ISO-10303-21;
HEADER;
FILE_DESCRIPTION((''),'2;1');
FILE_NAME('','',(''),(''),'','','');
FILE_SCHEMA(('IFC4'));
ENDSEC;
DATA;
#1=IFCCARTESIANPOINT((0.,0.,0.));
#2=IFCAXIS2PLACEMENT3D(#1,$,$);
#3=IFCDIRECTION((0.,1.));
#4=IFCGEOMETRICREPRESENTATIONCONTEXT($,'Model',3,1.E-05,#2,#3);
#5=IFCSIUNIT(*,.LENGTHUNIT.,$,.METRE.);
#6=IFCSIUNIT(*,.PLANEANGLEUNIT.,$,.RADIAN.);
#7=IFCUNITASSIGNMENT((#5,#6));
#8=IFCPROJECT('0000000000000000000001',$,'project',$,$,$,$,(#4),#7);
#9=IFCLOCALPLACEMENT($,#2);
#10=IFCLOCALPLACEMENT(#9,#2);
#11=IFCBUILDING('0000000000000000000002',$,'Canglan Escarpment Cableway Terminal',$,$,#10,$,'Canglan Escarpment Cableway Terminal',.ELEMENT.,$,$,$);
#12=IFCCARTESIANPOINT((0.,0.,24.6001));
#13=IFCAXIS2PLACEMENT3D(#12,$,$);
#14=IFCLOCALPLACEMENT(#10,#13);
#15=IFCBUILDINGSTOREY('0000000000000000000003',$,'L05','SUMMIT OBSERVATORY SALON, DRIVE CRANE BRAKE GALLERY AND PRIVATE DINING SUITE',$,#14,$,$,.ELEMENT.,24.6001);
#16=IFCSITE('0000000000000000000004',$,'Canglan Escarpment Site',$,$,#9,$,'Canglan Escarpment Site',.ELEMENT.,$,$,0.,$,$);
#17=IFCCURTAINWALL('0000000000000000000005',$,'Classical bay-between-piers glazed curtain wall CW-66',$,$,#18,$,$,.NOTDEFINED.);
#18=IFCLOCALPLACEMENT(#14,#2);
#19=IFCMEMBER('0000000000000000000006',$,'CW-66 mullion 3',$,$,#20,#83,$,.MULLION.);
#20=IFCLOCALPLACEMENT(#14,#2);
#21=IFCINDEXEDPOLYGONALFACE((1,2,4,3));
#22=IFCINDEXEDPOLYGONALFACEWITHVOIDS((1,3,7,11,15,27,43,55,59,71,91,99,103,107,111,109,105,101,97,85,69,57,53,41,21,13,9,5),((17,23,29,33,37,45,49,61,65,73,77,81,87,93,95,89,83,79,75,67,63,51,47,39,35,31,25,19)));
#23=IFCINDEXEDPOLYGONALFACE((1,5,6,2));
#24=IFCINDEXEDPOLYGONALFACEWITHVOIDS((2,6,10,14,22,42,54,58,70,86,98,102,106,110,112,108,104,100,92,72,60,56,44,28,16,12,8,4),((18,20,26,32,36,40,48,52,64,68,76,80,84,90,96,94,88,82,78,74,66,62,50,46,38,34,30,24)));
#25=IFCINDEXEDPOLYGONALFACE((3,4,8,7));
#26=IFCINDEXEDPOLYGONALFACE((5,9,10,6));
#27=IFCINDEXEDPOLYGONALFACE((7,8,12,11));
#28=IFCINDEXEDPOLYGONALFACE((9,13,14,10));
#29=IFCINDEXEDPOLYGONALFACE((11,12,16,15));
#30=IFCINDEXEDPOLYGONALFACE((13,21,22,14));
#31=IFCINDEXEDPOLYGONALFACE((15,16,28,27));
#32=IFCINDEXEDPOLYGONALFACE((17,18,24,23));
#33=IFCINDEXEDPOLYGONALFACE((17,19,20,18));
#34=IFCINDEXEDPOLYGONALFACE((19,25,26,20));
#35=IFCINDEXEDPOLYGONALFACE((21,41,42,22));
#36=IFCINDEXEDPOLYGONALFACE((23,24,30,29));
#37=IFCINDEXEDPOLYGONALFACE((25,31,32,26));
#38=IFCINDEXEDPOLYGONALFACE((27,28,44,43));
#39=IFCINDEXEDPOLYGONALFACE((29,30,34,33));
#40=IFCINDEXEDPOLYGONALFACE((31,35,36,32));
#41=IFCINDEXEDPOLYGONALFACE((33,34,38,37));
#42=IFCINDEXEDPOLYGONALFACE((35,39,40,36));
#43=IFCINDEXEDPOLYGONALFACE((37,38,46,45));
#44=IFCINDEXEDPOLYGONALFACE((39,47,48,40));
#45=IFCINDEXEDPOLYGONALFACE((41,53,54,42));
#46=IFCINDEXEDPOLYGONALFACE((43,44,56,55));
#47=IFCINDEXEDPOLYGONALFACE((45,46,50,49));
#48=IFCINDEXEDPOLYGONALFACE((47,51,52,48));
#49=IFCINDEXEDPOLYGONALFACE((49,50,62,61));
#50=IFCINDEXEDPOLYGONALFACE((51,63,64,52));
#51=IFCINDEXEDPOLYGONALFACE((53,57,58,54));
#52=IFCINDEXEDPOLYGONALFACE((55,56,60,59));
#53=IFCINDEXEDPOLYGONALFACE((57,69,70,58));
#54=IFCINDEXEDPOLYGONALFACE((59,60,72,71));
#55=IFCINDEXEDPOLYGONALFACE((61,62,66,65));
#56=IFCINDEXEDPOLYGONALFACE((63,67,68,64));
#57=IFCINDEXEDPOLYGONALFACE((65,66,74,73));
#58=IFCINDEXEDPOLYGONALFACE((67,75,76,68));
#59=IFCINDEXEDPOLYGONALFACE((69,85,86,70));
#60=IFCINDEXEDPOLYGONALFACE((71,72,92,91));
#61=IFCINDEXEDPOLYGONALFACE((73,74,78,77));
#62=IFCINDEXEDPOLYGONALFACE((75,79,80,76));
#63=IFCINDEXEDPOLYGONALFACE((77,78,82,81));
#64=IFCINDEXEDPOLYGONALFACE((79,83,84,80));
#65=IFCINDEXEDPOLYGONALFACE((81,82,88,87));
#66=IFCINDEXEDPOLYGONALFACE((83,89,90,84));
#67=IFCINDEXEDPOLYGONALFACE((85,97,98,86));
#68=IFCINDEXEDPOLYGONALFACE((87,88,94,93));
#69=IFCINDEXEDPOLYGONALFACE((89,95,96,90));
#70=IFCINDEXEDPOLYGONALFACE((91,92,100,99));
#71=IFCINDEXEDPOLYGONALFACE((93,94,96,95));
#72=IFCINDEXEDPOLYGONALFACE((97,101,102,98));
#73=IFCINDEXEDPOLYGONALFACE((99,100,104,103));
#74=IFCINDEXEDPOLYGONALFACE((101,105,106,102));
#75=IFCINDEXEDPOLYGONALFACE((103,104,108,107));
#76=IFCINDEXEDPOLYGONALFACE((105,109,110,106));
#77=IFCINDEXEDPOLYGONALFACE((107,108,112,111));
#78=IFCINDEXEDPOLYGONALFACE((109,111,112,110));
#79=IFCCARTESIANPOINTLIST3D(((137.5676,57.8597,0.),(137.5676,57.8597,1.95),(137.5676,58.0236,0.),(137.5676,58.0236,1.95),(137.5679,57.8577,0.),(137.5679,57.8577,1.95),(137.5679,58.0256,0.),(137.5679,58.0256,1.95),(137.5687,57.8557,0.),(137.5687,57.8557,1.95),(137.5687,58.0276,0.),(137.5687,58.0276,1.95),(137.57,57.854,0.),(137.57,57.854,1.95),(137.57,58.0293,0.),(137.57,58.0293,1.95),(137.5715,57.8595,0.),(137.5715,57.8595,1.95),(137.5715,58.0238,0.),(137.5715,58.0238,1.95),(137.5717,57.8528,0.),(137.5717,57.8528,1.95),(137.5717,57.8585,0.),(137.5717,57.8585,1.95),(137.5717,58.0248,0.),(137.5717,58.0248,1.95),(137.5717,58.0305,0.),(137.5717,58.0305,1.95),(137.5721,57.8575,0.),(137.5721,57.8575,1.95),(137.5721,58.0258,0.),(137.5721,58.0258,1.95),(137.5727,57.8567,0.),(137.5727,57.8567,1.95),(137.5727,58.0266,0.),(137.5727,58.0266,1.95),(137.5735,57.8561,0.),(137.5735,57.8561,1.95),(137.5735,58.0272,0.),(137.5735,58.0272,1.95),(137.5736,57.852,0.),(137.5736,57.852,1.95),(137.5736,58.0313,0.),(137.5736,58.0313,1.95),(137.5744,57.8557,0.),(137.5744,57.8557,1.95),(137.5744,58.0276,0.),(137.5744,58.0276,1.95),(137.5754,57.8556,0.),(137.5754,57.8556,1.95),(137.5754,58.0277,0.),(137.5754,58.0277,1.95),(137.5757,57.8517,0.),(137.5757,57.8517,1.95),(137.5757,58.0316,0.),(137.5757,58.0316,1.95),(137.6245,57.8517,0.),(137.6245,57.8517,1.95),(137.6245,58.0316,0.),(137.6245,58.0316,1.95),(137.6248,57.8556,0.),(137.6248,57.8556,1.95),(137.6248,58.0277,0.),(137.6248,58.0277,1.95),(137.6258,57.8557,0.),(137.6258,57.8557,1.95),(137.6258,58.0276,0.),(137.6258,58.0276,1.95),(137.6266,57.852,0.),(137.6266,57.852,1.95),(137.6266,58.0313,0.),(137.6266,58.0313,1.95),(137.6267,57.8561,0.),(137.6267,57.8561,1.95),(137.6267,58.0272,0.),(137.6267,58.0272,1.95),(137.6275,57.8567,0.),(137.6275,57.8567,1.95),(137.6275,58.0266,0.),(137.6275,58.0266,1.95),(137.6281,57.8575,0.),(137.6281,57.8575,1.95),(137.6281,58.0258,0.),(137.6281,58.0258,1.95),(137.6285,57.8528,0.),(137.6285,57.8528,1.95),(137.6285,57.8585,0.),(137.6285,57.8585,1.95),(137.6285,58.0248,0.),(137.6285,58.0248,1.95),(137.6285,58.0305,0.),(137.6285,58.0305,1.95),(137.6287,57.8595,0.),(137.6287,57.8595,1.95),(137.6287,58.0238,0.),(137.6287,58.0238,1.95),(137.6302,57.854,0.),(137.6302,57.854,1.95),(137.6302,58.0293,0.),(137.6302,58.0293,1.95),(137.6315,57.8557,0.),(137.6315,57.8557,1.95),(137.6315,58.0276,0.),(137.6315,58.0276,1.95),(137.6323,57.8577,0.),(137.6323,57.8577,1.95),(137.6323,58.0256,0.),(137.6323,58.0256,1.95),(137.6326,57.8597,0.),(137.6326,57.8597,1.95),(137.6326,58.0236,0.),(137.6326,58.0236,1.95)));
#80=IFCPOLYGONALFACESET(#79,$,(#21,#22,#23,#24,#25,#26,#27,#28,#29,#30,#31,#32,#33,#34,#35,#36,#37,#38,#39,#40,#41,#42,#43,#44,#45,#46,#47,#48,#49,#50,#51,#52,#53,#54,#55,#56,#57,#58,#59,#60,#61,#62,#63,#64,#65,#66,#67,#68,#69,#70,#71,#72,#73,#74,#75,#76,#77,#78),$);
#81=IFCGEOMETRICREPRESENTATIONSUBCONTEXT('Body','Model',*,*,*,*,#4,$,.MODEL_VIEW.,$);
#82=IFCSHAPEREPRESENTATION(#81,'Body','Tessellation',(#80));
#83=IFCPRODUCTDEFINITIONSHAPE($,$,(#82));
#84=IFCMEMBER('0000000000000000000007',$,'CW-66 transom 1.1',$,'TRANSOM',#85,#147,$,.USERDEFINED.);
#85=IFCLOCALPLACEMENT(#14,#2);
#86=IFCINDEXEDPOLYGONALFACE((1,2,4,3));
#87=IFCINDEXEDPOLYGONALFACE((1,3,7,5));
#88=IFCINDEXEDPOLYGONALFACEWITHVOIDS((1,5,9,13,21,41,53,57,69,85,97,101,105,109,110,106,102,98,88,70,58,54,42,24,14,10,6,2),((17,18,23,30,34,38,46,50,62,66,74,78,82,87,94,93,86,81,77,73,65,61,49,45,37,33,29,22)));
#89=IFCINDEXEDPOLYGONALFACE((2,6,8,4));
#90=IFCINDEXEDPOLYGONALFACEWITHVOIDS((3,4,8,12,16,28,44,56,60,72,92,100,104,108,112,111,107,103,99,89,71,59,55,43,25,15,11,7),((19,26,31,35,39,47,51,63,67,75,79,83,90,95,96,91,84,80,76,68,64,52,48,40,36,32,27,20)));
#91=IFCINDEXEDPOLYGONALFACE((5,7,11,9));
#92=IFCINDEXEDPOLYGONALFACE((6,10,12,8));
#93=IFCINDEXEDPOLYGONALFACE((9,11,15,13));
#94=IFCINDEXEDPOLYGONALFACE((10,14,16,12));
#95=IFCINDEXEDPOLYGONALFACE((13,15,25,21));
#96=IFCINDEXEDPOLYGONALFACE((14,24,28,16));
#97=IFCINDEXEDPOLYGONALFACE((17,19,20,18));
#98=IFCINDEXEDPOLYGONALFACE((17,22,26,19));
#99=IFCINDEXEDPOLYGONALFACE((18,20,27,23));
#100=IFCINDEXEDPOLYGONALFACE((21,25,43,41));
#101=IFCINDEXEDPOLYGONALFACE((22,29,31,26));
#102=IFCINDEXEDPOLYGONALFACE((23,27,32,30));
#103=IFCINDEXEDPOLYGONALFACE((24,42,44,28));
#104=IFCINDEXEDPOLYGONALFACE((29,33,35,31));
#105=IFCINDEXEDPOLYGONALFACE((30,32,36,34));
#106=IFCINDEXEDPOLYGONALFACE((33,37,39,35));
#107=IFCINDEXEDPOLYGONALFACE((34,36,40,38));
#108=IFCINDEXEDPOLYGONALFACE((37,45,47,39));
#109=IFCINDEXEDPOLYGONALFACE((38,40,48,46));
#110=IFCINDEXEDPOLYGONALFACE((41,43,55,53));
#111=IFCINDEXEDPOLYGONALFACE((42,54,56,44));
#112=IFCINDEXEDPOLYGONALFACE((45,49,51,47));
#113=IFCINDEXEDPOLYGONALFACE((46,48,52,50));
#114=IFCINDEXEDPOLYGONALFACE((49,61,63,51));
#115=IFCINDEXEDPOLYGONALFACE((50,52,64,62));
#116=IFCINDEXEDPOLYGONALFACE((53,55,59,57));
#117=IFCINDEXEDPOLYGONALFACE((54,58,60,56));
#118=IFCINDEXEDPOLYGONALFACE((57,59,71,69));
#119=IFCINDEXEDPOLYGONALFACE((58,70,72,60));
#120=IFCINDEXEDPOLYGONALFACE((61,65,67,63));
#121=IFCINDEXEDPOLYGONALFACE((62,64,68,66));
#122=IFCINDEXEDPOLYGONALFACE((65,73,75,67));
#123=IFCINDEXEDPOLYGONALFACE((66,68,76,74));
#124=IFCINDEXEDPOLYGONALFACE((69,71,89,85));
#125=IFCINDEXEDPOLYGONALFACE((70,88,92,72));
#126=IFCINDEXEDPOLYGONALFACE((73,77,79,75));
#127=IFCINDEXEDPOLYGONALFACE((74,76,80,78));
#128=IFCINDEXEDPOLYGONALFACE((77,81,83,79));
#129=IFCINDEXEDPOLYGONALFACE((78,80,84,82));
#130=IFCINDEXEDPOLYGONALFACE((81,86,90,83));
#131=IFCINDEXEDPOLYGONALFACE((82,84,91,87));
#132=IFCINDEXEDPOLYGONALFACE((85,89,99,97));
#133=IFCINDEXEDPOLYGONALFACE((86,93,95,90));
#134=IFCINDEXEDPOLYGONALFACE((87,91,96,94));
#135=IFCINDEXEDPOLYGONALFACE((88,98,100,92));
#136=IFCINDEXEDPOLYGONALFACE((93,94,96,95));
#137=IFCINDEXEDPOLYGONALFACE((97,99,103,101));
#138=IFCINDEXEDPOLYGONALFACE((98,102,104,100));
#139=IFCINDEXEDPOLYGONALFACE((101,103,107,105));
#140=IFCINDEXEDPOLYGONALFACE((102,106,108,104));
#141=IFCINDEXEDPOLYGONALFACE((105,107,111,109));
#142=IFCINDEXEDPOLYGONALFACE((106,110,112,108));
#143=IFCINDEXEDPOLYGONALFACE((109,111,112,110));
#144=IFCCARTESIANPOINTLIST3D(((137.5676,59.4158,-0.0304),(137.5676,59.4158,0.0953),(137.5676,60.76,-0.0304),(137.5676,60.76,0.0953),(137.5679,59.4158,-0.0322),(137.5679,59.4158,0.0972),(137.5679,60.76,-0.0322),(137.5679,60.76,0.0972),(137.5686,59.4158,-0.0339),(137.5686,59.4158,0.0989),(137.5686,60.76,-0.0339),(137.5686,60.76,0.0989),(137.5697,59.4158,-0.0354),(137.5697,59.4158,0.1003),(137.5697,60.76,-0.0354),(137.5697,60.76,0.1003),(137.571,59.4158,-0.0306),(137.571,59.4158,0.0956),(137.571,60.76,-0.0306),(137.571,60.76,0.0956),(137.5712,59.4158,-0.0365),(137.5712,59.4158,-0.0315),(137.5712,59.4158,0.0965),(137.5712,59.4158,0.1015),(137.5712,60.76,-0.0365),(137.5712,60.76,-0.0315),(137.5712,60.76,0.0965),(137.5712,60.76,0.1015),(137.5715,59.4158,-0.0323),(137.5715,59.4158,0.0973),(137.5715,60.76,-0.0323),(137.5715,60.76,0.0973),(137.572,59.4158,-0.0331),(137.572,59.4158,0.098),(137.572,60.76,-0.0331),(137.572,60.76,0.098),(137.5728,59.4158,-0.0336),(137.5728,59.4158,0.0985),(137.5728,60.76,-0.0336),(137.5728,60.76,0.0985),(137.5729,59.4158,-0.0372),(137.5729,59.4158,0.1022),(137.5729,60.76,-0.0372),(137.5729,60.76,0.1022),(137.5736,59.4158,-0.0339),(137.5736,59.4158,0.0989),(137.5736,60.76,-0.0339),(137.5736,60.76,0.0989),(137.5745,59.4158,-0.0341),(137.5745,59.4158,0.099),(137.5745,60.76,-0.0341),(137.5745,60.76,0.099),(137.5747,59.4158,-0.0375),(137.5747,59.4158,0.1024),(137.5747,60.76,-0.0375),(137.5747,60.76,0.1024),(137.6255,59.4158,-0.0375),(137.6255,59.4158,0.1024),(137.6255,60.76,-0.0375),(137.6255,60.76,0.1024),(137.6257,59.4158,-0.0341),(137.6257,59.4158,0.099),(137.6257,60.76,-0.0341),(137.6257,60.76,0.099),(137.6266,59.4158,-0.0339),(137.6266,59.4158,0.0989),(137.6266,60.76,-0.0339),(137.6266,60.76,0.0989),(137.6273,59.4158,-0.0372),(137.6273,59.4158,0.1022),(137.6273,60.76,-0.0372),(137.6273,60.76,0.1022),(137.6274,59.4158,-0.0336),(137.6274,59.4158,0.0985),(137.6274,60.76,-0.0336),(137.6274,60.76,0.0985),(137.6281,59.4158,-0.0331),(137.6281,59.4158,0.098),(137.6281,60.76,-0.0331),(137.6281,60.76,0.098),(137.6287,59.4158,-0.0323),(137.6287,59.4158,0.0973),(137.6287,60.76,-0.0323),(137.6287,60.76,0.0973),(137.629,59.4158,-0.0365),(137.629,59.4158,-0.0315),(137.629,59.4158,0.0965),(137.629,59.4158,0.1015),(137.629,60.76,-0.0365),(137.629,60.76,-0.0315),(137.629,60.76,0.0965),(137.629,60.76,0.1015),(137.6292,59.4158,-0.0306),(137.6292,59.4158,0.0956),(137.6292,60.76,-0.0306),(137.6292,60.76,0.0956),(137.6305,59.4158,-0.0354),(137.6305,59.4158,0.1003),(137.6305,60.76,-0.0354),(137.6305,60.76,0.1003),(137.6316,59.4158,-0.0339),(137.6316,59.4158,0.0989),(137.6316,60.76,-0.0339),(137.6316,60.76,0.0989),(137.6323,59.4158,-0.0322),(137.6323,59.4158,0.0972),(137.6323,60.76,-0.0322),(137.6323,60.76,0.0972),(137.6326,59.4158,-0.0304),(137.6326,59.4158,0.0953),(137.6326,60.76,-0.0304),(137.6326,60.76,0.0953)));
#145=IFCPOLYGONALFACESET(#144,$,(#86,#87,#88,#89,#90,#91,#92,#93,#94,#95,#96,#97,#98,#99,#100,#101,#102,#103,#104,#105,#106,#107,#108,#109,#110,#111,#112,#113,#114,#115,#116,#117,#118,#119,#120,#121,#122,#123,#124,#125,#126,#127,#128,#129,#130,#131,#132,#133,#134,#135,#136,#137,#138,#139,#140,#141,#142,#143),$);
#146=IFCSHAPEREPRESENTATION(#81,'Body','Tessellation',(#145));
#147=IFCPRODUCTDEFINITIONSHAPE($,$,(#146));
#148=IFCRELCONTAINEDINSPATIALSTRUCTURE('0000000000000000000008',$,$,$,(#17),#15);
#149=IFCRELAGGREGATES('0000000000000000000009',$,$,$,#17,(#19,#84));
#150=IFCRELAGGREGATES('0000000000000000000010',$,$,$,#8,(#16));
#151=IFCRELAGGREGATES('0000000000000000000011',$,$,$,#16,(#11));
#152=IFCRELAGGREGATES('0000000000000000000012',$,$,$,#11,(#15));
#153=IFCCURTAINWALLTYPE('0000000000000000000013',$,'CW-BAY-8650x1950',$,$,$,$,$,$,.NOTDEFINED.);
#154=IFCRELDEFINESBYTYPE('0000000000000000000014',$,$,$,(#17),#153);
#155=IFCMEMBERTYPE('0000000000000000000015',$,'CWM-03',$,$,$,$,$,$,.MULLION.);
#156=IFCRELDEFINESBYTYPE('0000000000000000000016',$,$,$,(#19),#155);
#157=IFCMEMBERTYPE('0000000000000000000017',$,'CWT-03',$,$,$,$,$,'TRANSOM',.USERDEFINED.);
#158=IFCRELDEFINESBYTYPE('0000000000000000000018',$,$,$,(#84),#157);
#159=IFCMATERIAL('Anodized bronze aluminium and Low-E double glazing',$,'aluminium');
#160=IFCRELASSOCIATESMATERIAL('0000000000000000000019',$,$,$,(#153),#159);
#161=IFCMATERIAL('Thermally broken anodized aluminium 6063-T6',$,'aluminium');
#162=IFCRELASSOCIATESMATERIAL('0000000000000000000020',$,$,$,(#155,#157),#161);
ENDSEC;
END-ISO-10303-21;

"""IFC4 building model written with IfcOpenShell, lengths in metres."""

from ifc_helpers import new_model, si_unit, direction, frame, origin, origin_2d, place, context, subcontext, project, spatial, hollow_rectangle, extrude, material, material_profile, profile_set, type_object, element, aggregate, save


model = new_model("IFC4")

# Units and contexts
model_context = context("Model", 3, precision=1e-05, world=origin(), true_north=direction((0.0, 1.0)))
body_context = subcontext(model_context, "Body", "Model", "MODEL_VIEW")
ifc_project = project(units=[si_unit("LENGTHUNIT", "METRE"), si_unit("PLANEANGLEUNIT", "RADIAN")], contexts=[model_context])

# Site, building, storey
site_placement = place(None, origin())
site = spatial("IfcSite", under=ifc_project, at=site_placement, Name="Canglan Escarpment Site", LongName="Canglan Escarpment Site", CompositionType="ELEMENT", RefElevation=0.0)
building_placement = place(site_placement, origin())
building = spatial("IfcBuilding", under=site, at=building_placement, Name="Canglan Escarpment Cableway Terminal", LongName="Canglan Escarpment Cableway Terminal", CompositionType="ELEMENT")
storey_placement = place(building_placement, frame((0.0, 0.0, 24.6001)))
storey = spatial("IfcBuildingStorey", under=building, at=storey_placement, Name="L05", Description="SUMMIT OBSERVATORY SALON, DRIVE CRANE BRAKE GALLERY AND PRIVATE DINING SUITE", CompositionType="ELEMENT", Elevation=24.6001)

# Curtain wall, members
ifc_material_1 = material(Name="Anodized bronze aluminium and Low-E double glazing", Category="aluminium")
curtain_wall_type = type_object("IfcCurtainWallType", Name="CW-BAY-8650x1950", PredefinedType="NOTDEFINED", material=ifc_material_1)
curtain_wall_placement = place(storey_placement, origin())
curtain_wall = element("IfcCurtainWall", 1, at=curtain_wall_placement, inside=storey, type_object=curtain_wall_type, Name="Classical bay-between-piers glazed curtain wall CW-66", PredefinedType="NOTDEFINED")
ifc_material_2 = material(Name="Thermally broken anodized aluminium 6063-T6", Category="aluminium")
ifc_material_profile_1 = material_profile(ifc_material_2, hollow_rectangle(XDim=0.0649, YDim=0.1799, WallThickness=0.0039, InnerFilletRadius=0.0039, OuterFilletRadius=0.0081, at=origin_2d()), Name="ALU-MULL 65x180x4")
ifc_profile_set_1 = profile_set([ifc_material_profile_1], Name="Thermally broken anodized aluminium 6063-T6")
member_type_1 = type_object("IfcMemberType", Name="CWM-03", PredefinedType="MULLION", material=ifc_profile_set_1)
member_1_placement = place(storey_placement, frame((137.6001, 57.9417, 0.0), z_axis=(0.0, 0.0, 1.0), x_axis=(1.0, 0.0, 0.0)))
member_1 = element("IfcMember", 2, at=member_1_placement, type_object=member_type_1, Name="CW-66 mullion 3", PredefinedType="MULLION", context=body_context, shape_type="SweptSolid", body=[
    extrude(hollow_rectangle(XDim=0.0649, YDim=0.1799, WallThickness=0.0039, InnerFilletRadius=0.0039, OuterFilletRadius=0.0081, at=origin_2d()), origin(), (0.0, 0.0, 1.0), 1.95),
])
ifc_material_profile_2 = material_profile(ifc_material_2, hollow_rectangle(XDim=0.0649, YDim=0.1399, WallThickness=0.0034, InnerFilletRadius=0.0034, OuterFilletRadius=0.0071, at=origin_2d()), Name="ALU-TRAN 65x140x3.5")
ifc_profile_set_2 = profile_set([ifc_material_profile_2], Name="Thermally broken anodized aluminium 6063-T6")
member_type_2 = type_object("IfcMemberType", Name="CWT-03", ElementType="TRANSOM", PredefinedType="USERDEFINED", material=ifc_profile_set_2)
member_2_placement = place(storey_placement, frame((137.6001, 60.76, 0.0325), z_axis=(0.0, -1.0, 0.0), x_axis=(1.0, 0.0, 0.0)))
member_2 = element("IfcMember", 3, at=member_2_placement, type_object=member_type_2, Name="CW-66 transom 1.1", ObjectType="TRANSOM", PredefinedType="USERDEFINED", context=body_context, shape_type="SweptSolid", body=[
    extrude(hollow_rectangle(XDim=0.0649, YDim=0.1399, WallThickness=0.0034, InnerFilletRadius=0.0034, OuterFilletRadius=0.0071, at=origin_2d()), origin(), (0.0, 0.0, 1.0), 1.3442),
])

aggregate(curtain_wall, [member_1, member_2])

save(model, "model.ifc")
